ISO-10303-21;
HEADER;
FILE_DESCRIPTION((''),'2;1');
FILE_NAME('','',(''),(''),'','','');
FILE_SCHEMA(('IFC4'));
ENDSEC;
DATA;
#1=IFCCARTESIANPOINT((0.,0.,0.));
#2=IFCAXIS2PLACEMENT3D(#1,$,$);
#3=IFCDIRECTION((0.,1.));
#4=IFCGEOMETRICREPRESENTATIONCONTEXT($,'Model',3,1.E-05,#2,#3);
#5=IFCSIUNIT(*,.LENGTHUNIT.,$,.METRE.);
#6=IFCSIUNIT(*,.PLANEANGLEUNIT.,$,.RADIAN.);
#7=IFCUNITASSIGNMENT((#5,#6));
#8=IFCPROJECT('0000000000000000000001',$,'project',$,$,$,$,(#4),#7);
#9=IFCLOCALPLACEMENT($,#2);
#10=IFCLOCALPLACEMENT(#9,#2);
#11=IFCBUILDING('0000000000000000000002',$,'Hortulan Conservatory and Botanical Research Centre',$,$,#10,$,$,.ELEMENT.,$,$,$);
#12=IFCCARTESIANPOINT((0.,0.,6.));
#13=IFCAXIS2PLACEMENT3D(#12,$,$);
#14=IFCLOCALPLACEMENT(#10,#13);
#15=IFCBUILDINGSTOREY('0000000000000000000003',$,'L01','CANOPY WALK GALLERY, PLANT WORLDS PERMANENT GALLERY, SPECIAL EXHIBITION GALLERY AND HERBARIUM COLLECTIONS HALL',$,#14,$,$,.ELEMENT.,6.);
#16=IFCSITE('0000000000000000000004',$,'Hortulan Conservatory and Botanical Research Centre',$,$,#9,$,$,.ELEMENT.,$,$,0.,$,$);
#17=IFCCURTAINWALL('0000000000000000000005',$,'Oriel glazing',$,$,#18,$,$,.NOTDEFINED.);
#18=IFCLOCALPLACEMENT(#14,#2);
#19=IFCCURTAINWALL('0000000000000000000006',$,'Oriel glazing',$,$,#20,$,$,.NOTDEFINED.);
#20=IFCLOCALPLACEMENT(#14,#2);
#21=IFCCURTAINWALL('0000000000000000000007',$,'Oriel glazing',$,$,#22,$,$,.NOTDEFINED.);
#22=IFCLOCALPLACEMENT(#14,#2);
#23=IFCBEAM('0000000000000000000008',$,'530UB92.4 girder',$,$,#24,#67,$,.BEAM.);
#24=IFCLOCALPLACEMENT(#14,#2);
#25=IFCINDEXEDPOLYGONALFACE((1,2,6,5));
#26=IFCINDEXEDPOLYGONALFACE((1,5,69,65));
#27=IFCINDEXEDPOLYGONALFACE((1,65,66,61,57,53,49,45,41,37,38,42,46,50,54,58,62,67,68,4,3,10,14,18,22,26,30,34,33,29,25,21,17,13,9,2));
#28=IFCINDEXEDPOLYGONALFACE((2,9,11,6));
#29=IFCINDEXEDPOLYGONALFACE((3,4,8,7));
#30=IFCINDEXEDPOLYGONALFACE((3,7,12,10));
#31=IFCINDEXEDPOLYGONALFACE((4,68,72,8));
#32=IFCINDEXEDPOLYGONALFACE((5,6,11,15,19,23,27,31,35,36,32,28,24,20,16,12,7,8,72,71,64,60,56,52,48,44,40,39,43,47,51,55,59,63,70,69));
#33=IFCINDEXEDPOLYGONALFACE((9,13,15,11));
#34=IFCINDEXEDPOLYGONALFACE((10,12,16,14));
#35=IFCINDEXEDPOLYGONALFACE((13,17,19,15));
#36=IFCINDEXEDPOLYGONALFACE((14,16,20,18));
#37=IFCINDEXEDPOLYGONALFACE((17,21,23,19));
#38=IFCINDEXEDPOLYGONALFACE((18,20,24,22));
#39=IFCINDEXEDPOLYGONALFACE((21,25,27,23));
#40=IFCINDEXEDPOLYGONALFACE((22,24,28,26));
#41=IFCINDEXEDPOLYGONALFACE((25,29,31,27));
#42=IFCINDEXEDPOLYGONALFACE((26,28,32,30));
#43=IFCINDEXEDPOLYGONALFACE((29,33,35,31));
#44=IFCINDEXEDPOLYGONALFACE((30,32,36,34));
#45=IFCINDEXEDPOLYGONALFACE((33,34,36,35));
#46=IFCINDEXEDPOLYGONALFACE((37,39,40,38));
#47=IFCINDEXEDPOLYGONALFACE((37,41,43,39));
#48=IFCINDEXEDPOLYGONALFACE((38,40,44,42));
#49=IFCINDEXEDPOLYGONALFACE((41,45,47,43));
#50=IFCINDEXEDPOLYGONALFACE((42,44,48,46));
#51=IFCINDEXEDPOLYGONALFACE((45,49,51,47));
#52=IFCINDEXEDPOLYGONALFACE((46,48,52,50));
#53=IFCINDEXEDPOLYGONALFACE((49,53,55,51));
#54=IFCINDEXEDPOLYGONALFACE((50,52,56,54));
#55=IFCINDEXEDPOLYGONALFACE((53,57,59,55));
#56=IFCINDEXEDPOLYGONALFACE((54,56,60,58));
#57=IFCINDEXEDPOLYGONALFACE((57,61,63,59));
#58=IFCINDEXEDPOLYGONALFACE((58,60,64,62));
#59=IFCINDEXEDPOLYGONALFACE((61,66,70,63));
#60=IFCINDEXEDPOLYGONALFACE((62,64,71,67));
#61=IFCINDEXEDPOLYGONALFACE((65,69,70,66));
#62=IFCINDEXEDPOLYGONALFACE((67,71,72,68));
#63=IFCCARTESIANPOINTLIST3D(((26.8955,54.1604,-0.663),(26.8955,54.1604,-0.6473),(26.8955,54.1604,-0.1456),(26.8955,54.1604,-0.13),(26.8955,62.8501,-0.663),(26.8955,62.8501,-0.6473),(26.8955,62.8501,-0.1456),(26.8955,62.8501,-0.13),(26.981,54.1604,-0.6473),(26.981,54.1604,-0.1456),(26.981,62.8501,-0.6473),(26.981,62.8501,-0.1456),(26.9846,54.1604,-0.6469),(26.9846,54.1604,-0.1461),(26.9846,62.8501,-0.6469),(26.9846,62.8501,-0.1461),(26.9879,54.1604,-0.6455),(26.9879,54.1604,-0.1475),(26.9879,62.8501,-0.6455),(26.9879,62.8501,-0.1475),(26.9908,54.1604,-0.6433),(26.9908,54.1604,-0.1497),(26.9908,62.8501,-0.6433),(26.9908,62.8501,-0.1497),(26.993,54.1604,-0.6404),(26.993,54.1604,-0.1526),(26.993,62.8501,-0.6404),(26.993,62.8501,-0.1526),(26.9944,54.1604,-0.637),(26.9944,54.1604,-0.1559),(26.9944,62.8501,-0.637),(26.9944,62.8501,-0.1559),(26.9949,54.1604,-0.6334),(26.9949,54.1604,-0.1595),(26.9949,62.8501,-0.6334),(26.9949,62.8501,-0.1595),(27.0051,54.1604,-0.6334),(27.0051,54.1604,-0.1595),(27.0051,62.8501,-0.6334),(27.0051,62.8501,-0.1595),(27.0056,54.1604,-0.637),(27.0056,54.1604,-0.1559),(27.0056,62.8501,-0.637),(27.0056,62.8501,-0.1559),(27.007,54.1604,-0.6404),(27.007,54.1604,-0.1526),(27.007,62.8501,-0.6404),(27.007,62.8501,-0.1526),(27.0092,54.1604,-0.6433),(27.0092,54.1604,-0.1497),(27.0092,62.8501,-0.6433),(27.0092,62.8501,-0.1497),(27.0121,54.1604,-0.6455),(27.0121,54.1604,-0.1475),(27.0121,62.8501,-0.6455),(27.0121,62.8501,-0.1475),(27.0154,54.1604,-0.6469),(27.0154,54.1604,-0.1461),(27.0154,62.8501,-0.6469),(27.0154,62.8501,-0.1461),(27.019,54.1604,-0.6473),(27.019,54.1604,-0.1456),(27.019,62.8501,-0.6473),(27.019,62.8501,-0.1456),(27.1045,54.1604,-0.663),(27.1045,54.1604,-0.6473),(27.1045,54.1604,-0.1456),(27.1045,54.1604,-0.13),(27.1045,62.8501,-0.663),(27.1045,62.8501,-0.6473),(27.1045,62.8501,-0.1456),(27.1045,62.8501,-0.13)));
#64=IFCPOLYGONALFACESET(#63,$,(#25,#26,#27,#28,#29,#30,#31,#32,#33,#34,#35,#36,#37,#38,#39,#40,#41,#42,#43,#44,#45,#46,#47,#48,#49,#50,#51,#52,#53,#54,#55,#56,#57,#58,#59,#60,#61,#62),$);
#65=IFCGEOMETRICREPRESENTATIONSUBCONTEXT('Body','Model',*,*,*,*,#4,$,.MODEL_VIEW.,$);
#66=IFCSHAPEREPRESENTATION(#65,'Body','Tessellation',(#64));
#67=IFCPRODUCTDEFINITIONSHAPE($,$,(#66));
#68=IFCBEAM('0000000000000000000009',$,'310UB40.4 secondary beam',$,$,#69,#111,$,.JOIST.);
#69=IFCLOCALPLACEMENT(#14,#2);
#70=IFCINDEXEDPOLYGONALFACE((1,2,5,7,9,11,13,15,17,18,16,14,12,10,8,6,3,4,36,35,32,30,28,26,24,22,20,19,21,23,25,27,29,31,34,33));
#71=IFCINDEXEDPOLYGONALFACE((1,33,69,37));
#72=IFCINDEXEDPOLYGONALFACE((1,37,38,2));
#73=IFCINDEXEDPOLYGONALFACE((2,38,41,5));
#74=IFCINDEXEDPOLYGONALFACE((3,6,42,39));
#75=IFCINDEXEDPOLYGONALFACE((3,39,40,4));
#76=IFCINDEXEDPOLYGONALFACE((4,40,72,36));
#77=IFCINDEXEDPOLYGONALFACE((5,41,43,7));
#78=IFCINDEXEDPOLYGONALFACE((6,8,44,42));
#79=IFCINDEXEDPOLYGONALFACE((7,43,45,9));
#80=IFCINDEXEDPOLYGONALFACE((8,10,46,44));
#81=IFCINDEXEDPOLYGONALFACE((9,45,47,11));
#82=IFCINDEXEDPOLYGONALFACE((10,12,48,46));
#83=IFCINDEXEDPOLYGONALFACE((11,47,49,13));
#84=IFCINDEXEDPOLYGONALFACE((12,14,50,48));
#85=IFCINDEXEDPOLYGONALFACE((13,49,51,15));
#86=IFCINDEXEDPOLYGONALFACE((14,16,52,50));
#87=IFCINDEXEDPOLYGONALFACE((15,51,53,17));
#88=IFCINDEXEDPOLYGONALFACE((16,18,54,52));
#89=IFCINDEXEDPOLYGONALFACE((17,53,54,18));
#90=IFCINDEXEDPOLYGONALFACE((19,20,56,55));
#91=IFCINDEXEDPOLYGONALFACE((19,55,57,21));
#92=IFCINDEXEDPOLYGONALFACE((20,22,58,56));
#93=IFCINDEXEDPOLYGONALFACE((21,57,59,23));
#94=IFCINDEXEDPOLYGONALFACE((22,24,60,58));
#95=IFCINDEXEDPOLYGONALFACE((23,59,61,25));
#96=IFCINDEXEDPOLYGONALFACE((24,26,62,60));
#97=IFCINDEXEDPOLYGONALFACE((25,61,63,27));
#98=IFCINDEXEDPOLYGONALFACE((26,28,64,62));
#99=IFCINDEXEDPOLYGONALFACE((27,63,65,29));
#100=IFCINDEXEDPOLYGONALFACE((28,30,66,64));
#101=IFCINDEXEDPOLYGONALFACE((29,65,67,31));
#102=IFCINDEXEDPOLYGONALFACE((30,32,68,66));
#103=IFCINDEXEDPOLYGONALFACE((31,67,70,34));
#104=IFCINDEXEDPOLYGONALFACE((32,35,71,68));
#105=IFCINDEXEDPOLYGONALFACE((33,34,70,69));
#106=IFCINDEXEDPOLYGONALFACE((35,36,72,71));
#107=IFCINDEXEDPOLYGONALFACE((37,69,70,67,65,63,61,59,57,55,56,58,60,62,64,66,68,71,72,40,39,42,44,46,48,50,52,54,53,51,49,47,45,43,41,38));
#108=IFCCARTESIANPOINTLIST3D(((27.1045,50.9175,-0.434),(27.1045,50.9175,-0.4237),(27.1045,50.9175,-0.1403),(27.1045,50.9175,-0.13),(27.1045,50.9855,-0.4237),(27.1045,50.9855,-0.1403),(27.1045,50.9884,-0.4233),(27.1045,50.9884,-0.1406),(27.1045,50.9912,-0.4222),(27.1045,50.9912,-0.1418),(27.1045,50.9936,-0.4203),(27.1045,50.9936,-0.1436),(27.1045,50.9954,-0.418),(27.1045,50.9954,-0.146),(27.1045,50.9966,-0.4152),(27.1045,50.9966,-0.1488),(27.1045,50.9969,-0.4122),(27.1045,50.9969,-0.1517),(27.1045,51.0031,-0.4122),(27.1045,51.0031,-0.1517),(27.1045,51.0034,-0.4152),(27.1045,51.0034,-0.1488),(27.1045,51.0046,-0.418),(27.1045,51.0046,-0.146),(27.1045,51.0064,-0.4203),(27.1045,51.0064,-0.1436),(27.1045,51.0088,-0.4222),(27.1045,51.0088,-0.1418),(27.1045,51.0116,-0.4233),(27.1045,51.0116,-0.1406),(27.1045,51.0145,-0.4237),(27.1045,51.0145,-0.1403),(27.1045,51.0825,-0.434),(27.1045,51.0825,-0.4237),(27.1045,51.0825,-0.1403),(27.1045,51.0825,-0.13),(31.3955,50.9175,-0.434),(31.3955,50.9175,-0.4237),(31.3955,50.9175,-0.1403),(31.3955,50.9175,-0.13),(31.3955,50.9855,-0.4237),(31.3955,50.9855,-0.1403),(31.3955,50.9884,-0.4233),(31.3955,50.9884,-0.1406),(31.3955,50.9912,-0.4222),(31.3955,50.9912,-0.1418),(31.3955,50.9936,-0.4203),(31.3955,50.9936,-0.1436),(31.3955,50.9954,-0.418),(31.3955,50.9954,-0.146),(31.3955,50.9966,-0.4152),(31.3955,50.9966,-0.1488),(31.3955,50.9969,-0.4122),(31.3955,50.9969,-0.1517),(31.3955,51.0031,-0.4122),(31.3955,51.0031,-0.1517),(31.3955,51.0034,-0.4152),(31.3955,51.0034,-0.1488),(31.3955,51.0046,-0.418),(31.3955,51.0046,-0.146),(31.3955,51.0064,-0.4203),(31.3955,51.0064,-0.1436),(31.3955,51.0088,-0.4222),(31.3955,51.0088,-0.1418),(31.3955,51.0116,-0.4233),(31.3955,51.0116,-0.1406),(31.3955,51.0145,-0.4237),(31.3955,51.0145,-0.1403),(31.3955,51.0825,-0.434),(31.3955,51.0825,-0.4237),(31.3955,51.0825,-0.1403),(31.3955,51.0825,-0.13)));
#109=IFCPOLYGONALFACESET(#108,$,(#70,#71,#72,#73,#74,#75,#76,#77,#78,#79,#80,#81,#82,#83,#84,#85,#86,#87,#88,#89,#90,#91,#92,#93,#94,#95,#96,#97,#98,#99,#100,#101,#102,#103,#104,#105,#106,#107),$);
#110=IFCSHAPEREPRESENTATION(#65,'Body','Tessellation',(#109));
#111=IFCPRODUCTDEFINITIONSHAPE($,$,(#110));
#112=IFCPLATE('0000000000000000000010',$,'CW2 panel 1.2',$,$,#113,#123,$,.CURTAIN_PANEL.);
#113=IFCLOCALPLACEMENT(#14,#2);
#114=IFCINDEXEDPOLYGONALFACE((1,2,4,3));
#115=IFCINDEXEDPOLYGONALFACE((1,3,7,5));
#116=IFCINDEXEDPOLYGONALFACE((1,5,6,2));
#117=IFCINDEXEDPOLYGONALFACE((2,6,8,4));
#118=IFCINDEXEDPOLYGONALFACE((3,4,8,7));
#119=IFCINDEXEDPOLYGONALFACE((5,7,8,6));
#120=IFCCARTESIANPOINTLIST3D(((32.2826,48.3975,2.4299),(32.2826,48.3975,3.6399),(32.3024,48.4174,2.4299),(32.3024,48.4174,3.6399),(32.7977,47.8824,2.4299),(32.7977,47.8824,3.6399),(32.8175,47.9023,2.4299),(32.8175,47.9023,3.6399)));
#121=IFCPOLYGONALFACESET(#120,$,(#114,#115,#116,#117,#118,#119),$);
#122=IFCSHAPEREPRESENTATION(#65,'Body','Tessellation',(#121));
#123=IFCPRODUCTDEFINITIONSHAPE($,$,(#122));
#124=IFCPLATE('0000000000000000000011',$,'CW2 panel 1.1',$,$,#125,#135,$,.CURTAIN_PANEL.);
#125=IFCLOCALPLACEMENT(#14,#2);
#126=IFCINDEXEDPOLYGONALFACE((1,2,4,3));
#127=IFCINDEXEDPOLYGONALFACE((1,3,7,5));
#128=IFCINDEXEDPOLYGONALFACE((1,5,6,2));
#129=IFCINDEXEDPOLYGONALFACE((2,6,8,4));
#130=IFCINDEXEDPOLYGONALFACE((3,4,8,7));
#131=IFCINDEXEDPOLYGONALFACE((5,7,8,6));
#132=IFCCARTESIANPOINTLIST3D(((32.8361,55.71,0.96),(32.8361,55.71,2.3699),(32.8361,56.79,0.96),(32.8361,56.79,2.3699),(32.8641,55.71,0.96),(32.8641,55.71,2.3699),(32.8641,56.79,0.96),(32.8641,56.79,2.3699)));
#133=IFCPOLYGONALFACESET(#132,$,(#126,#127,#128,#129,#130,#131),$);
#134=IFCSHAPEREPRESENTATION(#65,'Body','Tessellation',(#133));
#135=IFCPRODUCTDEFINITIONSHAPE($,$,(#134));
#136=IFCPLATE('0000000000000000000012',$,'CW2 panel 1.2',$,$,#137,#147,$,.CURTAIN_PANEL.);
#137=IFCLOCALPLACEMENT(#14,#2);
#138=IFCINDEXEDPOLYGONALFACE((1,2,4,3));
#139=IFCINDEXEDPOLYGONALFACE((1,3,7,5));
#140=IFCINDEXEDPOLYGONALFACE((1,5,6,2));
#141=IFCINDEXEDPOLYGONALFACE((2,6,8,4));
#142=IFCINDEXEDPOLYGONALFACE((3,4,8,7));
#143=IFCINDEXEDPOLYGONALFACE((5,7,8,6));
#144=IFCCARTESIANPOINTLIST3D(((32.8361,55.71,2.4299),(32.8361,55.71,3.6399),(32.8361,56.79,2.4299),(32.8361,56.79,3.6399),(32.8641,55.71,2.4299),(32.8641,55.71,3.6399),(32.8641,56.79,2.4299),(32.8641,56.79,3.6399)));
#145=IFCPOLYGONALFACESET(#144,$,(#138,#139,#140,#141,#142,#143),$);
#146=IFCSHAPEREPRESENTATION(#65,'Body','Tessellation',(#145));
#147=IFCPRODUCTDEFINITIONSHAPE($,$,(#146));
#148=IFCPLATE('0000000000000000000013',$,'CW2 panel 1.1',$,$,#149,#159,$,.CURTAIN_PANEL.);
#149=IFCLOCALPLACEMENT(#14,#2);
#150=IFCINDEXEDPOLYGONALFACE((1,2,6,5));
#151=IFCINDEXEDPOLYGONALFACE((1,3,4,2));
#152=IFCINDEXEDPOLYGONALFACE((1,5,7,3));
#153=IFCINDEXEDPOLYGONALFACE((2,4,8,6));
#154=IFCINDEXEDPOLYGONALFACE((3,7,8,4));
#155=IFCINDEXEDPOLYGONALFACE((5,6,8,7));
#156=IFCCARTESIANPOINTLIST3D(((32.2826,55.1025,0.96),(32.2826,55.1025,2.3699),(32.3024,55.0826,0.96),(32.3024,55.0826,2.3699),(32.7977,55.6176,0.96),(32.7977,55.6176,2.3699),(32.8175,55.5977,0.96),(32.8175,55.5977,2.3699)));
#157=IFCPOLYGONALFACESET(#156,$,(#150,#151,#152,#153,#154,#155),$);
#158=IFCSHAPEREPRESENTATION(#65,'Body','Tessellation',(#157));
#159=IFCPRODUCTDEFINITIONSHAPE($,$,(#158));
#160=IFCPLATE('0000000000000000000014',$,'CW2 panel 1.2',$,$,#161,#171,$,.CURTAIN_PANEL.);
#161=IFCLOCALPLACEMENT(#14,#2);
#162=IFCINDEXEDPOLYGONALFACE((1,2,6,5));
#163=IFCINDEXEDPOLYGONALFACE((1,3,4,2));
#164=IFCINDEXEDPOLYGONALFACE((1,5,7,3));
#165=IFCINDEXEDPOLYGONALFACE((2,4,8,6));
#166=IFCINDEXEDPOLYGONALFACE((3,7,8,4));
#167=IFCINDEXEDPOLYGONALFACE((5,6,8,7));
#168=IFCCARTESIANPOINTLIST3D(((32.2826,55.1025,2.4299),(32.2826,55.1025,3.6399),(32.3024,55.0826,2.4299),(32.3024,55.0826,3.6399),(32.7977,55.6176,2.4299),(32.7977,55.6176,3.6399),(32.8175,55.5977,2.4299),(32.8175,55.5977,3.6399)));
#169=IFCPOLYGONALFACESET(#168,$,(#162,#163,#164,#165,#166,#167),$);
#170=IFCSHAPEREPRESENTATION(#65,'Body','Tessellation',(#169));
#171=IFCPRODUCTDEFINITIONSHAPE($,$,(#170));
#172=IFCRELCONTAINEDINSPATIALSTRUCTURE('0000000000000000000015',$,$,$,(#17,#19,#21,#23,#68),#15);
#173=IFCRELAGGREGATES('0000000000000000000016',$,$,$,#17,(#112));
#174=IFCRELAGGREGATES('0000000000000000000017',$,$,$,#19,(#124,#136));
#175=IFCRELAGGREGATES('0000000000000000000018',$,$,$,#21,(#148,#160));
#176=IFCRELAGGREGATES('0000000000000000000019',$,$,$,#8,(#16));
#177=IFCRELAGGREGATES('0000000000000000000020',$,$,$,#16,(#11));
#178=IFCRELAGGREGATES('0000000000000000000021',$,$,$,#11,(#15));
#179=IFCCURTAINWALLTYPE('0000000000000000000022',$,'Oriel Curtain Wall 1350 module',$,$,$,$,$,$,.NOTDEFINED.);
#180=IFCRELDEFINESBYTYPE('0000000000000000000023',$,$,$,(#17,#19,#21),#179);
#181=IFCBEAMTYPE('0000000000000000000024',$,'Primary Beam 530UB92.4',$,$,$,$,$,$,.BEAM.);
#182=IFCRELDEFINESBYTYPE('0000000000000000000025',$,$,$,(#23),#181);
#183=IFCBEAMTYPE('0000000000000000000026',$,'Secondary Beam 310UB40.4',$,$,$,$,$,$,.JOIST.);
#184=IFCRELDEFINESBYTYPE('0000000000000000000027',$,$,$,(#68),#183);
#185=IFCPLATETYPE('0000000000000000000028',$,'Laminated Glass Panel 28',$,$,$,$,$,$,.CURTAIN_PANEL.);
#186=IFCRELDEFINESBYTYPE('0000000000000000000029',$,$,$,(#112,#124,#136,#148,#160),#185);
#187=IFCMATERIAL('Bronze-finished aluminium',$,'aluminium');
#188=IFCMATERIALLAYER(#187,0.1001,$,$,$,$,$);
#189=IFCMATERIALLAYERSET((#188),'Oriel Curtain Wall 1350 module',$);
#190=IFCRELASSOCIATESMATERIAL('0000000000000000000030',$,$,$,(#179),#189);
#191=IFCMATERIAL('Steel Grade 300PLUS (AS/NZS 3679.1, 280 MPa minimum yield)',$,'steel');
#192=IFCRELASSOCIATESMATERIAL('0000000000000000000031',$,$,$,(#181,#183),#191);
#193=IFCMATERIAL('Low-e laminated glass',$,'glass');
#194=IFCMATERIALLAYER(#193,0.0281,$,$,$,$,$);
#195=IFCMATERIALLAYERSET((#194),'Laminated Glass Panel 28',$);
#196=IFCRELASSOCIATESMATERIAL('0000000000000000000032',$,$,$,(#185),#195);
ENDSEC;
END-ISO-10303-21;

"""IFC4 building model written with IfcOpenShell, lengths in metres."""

from ifc_helpers import new_model, si_unit, direction, frame, origin, origin_2d, place, context, subcontext, project, spatial, rectangle, i_section, extrude, material, layer, layer_set, material_profile, profile_set, type_object, element, aggregate, save


model = new_model("IFC4")

# Units and contexts
model_context = context("Model", 3, precision=1e-05, world=origin(), true_north=direction((0.0, 1.0)))
body_context = subcontext(model_context, "Body", "Model", "MODEL_VIEW")
ifc_project = project(units=[si_unit("LENGTHUNIT", "METRE"), si_unit("PLANEANGLEUNIT", "RADIAN")], contexts=[model_context])

# Site, building, storey
site_placement = place(None, origin())
site = spatial("IfcSite", under=ifc_project, at=site_placement, Name="Hortulan Conservatory and Botanical Research Centre", CompositionType="ELEMENT", RefElevation=0.0)
building_placement = place(site_placement, origin())
building = spatial("IfcBuilding", under=site, at=building_placement, Name="Hortulan Conservatory and Botanical Research Centre", CompositionType="ELEMENT")
storey_placement = place(building_placement, frame((0.0, 0.0, 6.0)))
storey = spatial("IfcBuildingStorey", under=building, at=storey_placement, Name="L01", Description="CANOPY WALK GALLERY, PLANT WORLDS PERMANENT GALLERY, SPECIAL EXHIBITION GALLERY AND HERBARIUM COLLECTIONS HALL", CompositionType="ELEMENT", Elevation=6.0)

# Shared definitions
ifc_material_1 = material(Name="Steel Grade 300PLUS (AS/NZS 3679.1, 280 MPa minimum yield)", Category="steel")

# Curtain walls
ifc_material_2 = material(Name="Bronze-finished aluminium", Category="aluminium")
ifc_layer_1 = layer(ifc_material_2, 0.1001)
ifc_layer_set_1 = layer_set([ifc_layer_1], Name="Oriel Curtain Wall 1350 module")
curtain_wall_type = type_object("IfcCurtainWallType", Name="Oriel Curtain Wall 1350 module", PredefinedType="NOTDEFINED", material=ifc_layer_set_1)
curtain_wall_1_placement = place(storey_placement, origin())
curtain_wall_1 = element("IfcCurtainWall", 1, at=curtain_wall_1_placement, inside=storey, type_object=curtain_wall_type, Name="Oriel glazing", PredefinedType="NOTDEFINED")
curtain_wall_2_placement = place(storey_placement, origin())
curtain_wall_2 = element("IfcCurtainWall", 2, at=curtain_wall_2_placement, inside=storey, type_object=curtain_wall_type, Name="Oriel glazing", PredefinedType="NOTDEFINED")

# Curtain wall
curtain_wall_3_placement = place(storey_placement, origin())
curtain_wall_3 = element("IfcCurtainWall", 3, at=curtain_wall_3_placement, inside=storey, type_object=curtain_wall_type, Name="Oriel glazing", PredefinedType="NOTDEFINED")

# Beams
ifc_material_profile_1 = material_profile(ifc_material_1, i_section(OverallWidth=0.209, OverallDepth=0.533, WebThickness=0.0103, FlangeThickness=0.0156, FilletRadius=0.0139, at=origin_2d()), Name="530UB92.4")
ifc_profile_set_1 = profile_set([ifc_material_profile_1], Name="Steel Grade 300PLUS (AS/NZS 3679.1, 280 MPa minimum yield)")
beam_type_1 = type_object("IfcBeamType", Name="Primary Beam 530UB92.4", PredefinedType="BEAM", material=ifc_profile_set_1)
beam_1_placement = place(storey_placement, frame((27.0, 54.1604, -0.3965), z_axis=(0.0, 1.0, 0.0), x_axis=(-1.0, 0.0, 0.0)))
element("IfcBeam", 4, at=beam_1_placement, inside=storey, type_object=beam_type_1, Name="530UB92.4 girder", PredefinedType="BEAM", context=body_context, shape_type="SweptSolid", body=[
    extrude(i_section(OverallWidth=0.209, OverallDepth=0.533, WebThickness=0.0103, FlangeThickness=0.0156, FilletRadius=0.0139, at=origin_2d()), origin(), (0.0, 0.0, 1.0), 8.6897),
])
ifc_material_profile_2 = material_profile(ifc_material_1, i_section(OverallWidth=0.165, OverallDepth=0.304, WebThickness=0.0061, FlangeThickness=0.0103, FilletRadius=0.0115, at=origin_2d()), Name="310UB40.4")
ifc_profile_set_2 = profile_set([ifc_material_profile_2], Name="Steel Grade 300PLUS (AS/NZS 3679.1, 280 MPa minimum yield)")
beam_type_2 = type_object("IfcBeamType", Name="Secondary Beam 310UB40.4", PredefinedType="JOIST", material=ifc_profile_set_2)
beam_2_placement = place(storey_placement, frame((27.1045, 51.0, -0.282), z_axis=(1.0, 0.0, 0.0), x_axis=(0.0, 1.0, 0.0)))
element("IfcBeam", 5, at=beam_2_placement, inside=storey, type_object=beam_type_2, Name="310UB40.4 secondary beam", PredefinedType="JOIST", context=body_context, shape_type="SweptSolid", body=[
    extrude(i_section(OverallWidth=0.165, OverallDepth=0.304, WebThickness=0.0061, FlangeThickness=0.0103, FilletRadius=0.0115, at=origin_2d()), origin(), (0.0, 0.0, 1.0), 4.291),
])

# Plates
ifc_material_3 = material(Name="Low-e laminated glass", Category="glass")
ifc_layer_2 = layer(ifc_material_3, 0.0281)
ifc_layer_set_2 = layer_set([ifc_layer_2], Name="Laminated Glass Panel 28")
plate_type = type_object("IfcPlateType", Name="Laminated Glass Panel 28", PredefinedType="CURTAIN_PANEL", material=ifc_layer_set_2)
plate_1_placement = place(storey_placement, frame((32.55, 48.1499, 2.4299), z_axis=(0.0, 0.0, 1.0), x_axis=(0.707107, -0.707107, 0.0)))
plate_1 = element("IfcPlate", 6, at=plate_1_placement, type_object=plate_type, Name="CW2 panel 1.2", PredefinedType="CURTAIN_PANEL", context=body_context, shape_type="SweptSolid", body=[
    extrude(rectangle(XDim=0.7285, YDim=0.0281, at=origin_2d()), origin(), (0.0, 0.0, 1.0), 1.21),
])
aggregate(curtain_wall_1, [plate_1])
plate_2_placement = place(storey_placement, frame((32.8501, 56.25, 0.96), z_axis=(0.0, 0.0, 1.0), x_axis=(0.0, -1.0, 0.0)))
plate_2 = element("IfcPlate", 7, at=plate_2_placement, type_object=plate_type, Name="CW2 panel 1.1", PredefinedType="CURTAIN_PANEL", context=body_context, shape_type="SweptSolid", body=[
    extrude(rectangle(XDim=1.0801, YDim=0.0281, at=origin_2d()), origin(), (0.0, 0.0, 1.0), 1.4099),
])
plate_3_placement = place(storey_placement, frame((32.8501, 56.25, 2.4299), z_axis=(0.0, 0.0, 1.0), x_axis=(0.0, -1.0, 0.0)))
plate_3 = element("IfcPlate", 8, at=plate_3_placement, type_object=plate_type, Name="CW2 panel 1.2", PredefinedType="CURTAIN_PANEL", context=body_context, shape_type="SweptSolid", body=[
    extrude(rectangle(XDim=1.0801, YDim=0.0281, at=origin_2d()), origin(), (0.0, 0.0, 1.0), 1.21),
])
aggregate(curtain_wall_2, [plate_2, plate_3])
plate_4_placement = place(storey_placement, frame((32.55, 55.3501, 0.96), z_axis=(0.0, 0.0, 1.0), x_axis=(-0.707107, -0.707107, 0.0)))
plate_4 = element("IfcPlate", 9, at=plate_4_placement, type_object=plate_type, Name="CW2 panel 1.1", PredefinedType="CURTAIN_PANEL", context=body_context, shape_type="SweptSolid", body=[
    extrude(rectangle(XDim=0.7285, YDim=0.0281, at=origin_2d()), origin(), (0.0, 0.0, 1.0), 1.4099),
])
plate_5_placement = place(storey_placement, frame((32.55, 55.3501, 2.4299), z_axis=(0.0, 0.0, 1.0), x_axis=(-0.707107, -0.707107, 0.0)))
plate_5 = element("IfcPlate", 10, at=plate_5_placement, type_object=plate_type, Name="CW2 panel 1.2", PredefinedType="CURTAIN_PANEL", context=body_context, shape_type="SweptSolid", body=[
    extrude(rectangle(XDim=0.7285, YDim=0.0281, at=origin_2d()), origin(), (0.0, 0.0, 1.0), 1.21),
])
aggregate(curtain_wall_3, [plate_4, plate_5])

save(model, "model.ifc")
